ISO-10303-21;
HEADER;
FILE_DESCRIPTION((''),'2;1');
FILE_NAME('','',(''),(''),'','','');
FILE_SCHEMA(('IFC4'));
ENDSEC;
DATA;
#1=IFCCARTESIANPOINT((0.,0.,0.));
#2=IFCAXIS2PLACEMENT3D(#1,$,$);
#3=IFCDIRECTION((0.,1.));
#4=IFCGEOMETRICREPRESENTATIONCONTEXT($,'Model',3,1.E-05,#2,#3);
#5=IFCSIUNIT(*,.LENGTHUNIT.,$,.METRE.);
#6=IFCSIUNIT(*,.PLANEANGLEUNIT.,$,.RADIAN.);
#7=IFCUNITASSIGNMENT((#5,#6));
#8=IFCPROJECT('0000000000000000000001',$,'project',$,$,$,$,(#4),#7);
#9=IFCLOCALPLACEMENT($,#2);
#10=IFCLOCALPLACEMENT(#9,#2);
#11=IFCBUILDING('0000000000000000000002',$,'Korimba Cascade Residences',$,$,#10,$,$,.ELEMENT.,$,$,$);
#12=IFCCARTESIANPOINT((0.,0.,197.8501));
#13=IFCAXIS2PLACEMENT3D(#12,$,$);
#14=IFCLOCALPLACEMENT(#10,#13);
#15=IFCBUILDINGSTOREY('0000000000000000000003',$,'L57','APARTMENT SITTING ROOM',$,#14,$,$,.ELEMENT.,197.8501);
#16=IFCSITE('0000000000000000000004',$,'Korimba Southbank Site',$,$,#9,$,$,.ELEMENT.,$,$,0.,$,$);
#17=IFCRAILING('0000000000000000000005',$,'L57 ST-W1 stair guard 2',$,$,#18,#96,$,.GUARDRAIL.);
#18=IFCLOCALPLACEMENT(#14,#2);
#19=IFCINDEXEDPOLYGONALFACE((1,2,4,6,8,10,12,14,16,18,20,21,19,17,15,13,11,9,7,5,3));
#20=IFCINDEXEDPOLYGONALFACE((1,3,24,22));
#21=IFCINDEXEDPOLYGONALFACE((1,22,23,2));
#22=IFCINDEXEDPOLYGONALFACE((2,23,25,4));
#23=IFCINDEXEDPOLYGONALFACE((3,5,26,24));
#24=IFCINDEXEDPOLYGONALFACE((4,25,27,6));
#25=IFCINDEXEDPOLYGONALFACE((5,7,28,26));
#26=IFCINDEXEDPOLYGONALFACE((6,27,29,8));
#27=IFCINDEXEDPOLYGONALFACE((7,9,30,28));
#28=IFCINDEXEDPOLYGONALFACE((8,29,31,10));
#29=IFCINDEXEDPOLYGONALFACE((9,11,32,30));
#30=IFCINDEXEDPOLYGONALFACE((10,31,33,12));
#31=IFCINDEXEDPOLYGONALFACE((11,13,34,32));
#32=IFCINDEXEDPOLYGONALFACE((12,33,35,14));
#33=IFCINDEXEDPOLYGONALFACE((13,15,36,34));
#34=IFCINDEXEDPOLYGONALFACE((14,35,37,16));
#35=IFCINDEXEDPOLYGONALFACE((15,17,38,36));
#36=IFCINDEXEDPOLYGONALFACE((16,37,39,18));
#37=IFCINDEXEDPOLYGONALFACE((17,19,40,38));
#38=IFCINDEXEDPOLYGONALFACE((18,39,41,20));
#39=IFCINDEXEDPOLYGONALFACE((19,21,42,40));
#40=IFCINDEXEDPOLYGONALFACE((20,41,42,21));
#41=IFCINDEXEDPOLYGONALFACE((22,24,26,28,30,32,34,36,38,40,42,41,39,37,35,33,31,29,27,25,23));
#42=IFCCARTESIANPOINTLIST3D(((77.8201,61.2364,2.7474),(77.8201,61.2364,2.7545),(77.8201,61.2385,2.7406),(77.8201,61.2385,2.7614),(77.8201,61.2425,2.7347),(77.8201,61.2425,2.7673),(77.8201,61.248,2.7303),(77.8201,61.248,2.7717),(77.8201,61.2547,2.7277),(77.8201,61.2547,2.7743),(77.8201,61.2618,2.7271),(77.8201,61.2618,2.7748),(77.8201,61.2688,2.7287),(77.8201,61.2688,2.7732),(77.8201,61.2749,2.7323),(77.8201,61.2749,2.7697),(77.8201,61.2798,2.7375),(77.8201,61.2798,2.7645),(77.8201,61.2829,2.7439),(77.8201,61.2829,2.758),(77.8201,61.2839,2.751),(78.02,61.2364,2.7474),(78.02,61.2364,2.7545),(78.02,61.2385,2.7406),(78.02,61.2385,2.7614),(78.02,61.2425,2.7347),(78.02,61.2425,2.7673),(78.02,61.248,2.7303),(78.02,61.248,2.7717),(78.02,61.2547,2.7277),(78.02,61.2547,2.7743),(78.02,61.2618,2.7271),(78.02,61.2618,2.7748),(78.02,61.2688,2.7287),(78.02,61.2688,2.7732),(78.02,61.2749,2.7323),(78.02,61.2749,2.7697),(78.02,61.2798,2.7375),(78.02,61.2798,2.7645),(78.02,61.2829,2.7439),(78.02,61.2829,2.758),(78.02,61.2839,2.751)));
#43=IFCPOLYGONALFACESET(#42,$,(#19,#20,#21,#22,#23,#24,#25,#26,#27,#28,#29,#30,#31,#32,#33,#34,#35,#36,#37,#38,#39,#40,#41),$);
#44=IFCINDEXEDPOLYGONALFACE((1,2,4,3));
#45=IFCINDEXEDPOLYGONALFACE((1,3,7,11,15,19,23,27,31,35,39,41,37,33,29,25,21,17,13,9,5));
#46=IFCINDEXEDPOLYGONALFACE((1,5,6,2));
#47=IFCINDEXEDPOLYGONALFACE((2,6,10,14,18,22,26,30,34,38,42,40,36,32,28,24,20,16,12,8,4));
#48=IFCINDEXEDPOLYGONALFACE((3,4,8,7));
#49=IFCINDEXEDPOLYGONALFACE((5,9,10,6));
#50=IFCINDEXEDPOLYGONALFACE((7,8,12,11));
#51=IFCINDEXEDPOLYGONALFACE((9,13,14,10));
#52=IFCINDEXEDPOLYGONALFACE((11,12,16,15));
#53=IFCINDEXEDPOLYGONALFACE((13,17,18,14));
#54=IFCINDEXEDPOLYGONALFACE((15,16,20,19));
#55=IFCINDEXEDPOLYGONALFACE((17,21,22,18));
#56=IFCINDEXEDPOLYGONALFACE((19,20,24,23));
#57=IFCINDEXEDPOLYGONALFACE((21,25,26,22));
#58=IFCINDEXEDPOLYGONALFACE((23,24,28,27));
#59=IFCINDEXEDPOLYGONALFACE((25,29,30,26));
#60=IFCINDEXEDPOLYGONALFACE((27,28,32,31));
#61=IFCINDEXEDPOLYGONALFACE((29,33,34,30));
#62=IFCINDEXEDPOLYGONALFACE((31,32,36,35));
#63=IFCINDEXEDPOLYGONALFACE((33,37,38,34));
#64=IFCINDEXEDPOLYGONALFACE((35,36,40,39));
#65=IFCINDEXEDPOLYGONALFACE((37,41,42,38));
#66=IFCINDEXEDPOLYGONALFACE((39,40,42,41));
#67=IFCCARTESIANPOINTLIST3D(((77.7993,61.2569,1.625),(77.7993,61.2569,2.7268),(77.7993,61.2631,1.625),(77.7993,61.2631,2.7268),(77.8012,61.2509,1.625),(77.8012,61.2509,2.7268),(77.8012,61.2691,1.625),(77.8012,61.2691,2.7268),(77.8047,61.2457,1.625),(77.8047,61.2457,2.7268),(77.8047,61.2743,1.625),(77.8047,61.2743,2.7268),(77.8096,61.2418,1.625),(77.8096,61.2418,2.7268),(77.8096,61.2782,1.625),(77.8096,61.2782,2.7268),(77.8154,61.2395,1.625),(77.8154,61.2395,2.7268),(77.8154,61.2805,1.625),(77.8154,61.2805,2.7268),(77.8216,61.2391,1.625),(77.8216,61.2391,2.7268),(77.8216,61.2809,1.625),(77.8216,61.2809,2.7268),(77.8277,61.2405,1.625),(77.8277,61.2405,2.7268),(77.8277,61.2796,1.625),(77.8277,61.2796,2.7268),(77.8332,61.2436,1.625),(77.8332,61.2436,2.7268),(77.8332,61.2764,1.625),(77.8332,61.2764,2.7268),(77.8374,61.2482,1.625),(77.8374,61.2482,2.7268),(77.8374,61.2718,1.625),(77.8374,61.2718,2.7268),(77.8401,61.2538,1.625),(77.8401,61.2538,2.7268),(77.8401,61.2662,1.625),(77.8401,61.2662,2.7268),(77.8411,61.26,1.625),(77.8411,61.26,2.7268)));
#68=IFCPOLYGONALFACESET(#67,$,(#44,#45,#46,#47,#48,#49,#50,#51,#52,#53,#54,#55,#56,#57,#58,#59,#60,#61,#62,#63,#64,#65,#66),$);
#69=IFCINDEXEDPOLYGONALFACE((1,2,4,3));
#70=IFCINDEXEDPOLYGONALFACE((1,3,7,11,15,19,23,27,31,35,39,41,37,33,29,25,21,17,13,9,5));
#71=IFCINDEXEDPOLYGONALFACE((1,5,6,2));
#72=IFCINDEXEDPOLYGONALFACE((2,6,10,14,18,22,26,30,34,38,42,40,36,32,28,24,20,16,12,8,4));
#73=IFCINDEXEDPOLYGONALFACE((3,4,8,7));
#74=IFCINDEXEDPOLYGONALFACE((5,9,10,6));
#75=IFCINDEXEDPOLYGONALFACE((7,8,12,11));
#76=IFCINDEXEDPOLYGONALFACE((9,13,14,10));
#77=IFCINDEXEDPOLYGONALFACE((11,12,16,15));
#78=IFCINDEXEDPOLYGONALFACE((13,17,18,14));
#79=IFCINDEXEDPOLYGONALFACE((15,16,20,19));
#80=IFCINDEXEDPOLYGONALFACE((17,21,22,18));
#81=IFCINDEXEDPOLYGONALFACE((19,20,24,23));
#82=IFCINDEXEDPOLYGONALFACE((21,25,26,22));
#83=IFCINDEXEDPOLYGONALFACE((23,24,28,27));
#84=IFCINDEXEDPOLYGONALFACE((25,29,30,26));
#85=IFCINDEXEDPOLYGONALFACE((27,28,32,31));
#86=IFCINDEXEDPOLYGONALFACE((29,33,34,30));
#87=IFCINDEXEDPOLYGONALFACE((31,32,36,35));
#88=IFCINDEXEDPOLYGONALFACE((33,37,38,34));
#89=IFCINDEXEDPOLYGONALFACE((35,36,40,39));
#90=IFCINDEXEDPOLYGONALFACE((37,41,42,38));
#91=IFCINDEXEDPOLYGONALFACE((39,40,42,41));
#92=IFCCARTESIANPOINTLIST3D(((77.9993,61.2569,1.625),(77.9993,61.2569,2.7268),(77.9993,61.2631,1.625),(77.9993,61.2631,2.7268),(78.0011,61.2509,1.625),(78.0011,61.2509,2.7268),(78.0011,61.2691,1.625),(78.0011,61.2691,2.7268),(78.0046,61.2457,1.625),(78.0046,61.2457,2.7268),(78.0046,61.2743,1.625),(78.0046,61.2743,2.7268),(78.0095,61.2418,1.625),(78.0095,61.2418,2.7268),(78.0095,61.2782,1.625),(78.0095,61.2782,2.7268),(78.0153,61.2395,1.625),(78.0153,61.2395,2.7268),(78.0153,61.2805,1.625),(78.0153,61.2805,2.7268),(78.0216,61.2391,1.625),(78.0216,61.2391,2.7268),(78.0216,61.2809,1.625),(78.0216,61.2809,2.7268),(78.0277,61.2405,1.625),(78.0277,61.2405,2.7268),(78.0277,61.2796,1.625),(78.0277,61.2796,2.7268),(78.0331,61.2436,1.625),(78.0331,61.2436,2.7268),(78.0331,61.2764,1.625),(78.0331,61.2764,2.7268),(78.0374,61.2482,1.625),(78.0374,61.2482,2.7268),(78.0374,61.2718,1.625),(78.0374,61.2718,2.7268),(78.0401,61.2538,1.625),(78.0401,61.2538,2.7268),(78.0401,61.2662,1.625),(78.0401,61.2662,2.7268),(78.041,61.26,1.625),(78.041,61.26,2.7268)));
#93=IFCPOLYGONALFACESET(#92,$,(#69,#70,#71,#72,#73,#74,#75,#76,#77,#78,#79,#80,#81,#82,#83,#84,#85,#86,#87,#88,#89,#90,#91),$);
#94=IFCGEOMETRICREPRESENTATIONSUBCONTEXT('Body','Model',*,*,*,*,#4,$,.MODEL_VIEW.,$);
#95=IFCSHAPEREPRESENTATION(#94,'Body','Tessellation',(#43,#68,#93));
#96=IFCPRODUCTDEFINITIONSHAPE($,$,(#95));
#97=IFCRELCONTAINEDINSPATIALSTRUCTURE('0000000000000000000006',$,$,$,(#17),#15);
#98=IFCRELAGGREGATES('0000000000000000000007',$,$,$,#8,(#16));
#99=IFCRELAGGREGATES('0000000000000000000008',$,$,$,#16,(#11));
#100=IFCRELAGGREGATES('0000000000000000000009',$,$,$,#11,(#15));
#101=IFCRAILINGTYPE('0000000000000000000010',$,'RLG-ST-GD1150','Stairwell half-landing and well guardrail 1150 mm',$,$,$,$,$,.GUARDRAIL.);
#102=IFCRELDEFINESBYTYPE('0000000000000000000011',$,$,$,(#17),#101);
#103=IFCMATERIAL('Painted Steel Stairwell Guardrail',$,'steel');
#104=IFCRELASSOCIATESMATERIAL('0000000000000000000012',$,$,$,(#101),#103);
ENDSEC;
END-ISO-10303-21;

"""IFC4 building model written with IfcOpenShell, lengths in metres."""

from ifc_helpers import new_model, si_unit, direction, frame, origin, origin_2d, place, context, subcontext, project, spatial, circle, extrude, material, type_object, element, save


model = new_model("IFC4")

# Units and contexts
model_context = context("Model", 3, precision=1e-05, world=origin(), true_north=direction((0.0, 1.0)))
body_context = subcontext(model_context, "Body", "Model", "MODEL_VIEW")
ifc_project = project(units=[si_unit("LENGTHUNIT", "METRE"), si_unit("PLANEANGLEUNIT", "RADIAN")], contexts=[model_context])

# Site, building, storey
site_placement = place(None, origin())
site = spatial("IfcSite", under=ifc_project, at=site_placement, Name="Korimba Southbank Site", CompositionType="ELEMENT", RefElevation=0.0)
building_placement = place(site_placement, origin())
building = spatial("IfcBuilding", under=site, at=building_placement, Name="Korimba Cascade Residences", CompositionType="ELEMENT")
storey_placement = place(building_placement, frame((0.0, 0.0, 197.8501)))
storey = spatial("IfcBuildingStorey", under=building, at=storey_placement, Name="L57", Description="APARTMENT SITTING ROOM", CompositionType="ELEMENT", Elevation=197.8501)

# Railing
ifc_material_1 = material(Name="Painted Steel Stairwell Guardrail", Category="steel")
railing_type_1 = type_object("IfcRailingType", Name="RLG-ST-GD1150", Description="Stairwell half-landing and well guardrail 1150 mm", PredefinedType="GUARDRAIL", material=ifc_material_1)
railing_1_placement = place(storey_placement, frame((77.8201, 61.26, 1.625)))
element("IfcRailing", 1, at=railing_1_placement, inside=storey, type_object=railing_type_1, Name="L57 ST-W1 stair guard 2", PredefinedType="GUARDRAIL", context=body_context, shape_type="SweptSolid", body=[
    extrude(circle(Radius=0.0239, at=origin_2d()), frame((0.0, 0.0, 1.126), z_axis=(1.0, 0.0, 0.0), x_axis=(0.0, 1.0, 0.0)), (0.0, 0.0, 1.0), 0.2),
    extrude(circle(Radius=0.021, at=origin_2d()), origin(), (0.0, 0.0, 1.0), 1.1018),
    extrude(circle(Radius=0.021, at=origin_2d()), frame((0.2, 0.0, 0.0)), (0.0, 0.0, 1.0), 1.1018),
])

save(model, "model.ifc")
